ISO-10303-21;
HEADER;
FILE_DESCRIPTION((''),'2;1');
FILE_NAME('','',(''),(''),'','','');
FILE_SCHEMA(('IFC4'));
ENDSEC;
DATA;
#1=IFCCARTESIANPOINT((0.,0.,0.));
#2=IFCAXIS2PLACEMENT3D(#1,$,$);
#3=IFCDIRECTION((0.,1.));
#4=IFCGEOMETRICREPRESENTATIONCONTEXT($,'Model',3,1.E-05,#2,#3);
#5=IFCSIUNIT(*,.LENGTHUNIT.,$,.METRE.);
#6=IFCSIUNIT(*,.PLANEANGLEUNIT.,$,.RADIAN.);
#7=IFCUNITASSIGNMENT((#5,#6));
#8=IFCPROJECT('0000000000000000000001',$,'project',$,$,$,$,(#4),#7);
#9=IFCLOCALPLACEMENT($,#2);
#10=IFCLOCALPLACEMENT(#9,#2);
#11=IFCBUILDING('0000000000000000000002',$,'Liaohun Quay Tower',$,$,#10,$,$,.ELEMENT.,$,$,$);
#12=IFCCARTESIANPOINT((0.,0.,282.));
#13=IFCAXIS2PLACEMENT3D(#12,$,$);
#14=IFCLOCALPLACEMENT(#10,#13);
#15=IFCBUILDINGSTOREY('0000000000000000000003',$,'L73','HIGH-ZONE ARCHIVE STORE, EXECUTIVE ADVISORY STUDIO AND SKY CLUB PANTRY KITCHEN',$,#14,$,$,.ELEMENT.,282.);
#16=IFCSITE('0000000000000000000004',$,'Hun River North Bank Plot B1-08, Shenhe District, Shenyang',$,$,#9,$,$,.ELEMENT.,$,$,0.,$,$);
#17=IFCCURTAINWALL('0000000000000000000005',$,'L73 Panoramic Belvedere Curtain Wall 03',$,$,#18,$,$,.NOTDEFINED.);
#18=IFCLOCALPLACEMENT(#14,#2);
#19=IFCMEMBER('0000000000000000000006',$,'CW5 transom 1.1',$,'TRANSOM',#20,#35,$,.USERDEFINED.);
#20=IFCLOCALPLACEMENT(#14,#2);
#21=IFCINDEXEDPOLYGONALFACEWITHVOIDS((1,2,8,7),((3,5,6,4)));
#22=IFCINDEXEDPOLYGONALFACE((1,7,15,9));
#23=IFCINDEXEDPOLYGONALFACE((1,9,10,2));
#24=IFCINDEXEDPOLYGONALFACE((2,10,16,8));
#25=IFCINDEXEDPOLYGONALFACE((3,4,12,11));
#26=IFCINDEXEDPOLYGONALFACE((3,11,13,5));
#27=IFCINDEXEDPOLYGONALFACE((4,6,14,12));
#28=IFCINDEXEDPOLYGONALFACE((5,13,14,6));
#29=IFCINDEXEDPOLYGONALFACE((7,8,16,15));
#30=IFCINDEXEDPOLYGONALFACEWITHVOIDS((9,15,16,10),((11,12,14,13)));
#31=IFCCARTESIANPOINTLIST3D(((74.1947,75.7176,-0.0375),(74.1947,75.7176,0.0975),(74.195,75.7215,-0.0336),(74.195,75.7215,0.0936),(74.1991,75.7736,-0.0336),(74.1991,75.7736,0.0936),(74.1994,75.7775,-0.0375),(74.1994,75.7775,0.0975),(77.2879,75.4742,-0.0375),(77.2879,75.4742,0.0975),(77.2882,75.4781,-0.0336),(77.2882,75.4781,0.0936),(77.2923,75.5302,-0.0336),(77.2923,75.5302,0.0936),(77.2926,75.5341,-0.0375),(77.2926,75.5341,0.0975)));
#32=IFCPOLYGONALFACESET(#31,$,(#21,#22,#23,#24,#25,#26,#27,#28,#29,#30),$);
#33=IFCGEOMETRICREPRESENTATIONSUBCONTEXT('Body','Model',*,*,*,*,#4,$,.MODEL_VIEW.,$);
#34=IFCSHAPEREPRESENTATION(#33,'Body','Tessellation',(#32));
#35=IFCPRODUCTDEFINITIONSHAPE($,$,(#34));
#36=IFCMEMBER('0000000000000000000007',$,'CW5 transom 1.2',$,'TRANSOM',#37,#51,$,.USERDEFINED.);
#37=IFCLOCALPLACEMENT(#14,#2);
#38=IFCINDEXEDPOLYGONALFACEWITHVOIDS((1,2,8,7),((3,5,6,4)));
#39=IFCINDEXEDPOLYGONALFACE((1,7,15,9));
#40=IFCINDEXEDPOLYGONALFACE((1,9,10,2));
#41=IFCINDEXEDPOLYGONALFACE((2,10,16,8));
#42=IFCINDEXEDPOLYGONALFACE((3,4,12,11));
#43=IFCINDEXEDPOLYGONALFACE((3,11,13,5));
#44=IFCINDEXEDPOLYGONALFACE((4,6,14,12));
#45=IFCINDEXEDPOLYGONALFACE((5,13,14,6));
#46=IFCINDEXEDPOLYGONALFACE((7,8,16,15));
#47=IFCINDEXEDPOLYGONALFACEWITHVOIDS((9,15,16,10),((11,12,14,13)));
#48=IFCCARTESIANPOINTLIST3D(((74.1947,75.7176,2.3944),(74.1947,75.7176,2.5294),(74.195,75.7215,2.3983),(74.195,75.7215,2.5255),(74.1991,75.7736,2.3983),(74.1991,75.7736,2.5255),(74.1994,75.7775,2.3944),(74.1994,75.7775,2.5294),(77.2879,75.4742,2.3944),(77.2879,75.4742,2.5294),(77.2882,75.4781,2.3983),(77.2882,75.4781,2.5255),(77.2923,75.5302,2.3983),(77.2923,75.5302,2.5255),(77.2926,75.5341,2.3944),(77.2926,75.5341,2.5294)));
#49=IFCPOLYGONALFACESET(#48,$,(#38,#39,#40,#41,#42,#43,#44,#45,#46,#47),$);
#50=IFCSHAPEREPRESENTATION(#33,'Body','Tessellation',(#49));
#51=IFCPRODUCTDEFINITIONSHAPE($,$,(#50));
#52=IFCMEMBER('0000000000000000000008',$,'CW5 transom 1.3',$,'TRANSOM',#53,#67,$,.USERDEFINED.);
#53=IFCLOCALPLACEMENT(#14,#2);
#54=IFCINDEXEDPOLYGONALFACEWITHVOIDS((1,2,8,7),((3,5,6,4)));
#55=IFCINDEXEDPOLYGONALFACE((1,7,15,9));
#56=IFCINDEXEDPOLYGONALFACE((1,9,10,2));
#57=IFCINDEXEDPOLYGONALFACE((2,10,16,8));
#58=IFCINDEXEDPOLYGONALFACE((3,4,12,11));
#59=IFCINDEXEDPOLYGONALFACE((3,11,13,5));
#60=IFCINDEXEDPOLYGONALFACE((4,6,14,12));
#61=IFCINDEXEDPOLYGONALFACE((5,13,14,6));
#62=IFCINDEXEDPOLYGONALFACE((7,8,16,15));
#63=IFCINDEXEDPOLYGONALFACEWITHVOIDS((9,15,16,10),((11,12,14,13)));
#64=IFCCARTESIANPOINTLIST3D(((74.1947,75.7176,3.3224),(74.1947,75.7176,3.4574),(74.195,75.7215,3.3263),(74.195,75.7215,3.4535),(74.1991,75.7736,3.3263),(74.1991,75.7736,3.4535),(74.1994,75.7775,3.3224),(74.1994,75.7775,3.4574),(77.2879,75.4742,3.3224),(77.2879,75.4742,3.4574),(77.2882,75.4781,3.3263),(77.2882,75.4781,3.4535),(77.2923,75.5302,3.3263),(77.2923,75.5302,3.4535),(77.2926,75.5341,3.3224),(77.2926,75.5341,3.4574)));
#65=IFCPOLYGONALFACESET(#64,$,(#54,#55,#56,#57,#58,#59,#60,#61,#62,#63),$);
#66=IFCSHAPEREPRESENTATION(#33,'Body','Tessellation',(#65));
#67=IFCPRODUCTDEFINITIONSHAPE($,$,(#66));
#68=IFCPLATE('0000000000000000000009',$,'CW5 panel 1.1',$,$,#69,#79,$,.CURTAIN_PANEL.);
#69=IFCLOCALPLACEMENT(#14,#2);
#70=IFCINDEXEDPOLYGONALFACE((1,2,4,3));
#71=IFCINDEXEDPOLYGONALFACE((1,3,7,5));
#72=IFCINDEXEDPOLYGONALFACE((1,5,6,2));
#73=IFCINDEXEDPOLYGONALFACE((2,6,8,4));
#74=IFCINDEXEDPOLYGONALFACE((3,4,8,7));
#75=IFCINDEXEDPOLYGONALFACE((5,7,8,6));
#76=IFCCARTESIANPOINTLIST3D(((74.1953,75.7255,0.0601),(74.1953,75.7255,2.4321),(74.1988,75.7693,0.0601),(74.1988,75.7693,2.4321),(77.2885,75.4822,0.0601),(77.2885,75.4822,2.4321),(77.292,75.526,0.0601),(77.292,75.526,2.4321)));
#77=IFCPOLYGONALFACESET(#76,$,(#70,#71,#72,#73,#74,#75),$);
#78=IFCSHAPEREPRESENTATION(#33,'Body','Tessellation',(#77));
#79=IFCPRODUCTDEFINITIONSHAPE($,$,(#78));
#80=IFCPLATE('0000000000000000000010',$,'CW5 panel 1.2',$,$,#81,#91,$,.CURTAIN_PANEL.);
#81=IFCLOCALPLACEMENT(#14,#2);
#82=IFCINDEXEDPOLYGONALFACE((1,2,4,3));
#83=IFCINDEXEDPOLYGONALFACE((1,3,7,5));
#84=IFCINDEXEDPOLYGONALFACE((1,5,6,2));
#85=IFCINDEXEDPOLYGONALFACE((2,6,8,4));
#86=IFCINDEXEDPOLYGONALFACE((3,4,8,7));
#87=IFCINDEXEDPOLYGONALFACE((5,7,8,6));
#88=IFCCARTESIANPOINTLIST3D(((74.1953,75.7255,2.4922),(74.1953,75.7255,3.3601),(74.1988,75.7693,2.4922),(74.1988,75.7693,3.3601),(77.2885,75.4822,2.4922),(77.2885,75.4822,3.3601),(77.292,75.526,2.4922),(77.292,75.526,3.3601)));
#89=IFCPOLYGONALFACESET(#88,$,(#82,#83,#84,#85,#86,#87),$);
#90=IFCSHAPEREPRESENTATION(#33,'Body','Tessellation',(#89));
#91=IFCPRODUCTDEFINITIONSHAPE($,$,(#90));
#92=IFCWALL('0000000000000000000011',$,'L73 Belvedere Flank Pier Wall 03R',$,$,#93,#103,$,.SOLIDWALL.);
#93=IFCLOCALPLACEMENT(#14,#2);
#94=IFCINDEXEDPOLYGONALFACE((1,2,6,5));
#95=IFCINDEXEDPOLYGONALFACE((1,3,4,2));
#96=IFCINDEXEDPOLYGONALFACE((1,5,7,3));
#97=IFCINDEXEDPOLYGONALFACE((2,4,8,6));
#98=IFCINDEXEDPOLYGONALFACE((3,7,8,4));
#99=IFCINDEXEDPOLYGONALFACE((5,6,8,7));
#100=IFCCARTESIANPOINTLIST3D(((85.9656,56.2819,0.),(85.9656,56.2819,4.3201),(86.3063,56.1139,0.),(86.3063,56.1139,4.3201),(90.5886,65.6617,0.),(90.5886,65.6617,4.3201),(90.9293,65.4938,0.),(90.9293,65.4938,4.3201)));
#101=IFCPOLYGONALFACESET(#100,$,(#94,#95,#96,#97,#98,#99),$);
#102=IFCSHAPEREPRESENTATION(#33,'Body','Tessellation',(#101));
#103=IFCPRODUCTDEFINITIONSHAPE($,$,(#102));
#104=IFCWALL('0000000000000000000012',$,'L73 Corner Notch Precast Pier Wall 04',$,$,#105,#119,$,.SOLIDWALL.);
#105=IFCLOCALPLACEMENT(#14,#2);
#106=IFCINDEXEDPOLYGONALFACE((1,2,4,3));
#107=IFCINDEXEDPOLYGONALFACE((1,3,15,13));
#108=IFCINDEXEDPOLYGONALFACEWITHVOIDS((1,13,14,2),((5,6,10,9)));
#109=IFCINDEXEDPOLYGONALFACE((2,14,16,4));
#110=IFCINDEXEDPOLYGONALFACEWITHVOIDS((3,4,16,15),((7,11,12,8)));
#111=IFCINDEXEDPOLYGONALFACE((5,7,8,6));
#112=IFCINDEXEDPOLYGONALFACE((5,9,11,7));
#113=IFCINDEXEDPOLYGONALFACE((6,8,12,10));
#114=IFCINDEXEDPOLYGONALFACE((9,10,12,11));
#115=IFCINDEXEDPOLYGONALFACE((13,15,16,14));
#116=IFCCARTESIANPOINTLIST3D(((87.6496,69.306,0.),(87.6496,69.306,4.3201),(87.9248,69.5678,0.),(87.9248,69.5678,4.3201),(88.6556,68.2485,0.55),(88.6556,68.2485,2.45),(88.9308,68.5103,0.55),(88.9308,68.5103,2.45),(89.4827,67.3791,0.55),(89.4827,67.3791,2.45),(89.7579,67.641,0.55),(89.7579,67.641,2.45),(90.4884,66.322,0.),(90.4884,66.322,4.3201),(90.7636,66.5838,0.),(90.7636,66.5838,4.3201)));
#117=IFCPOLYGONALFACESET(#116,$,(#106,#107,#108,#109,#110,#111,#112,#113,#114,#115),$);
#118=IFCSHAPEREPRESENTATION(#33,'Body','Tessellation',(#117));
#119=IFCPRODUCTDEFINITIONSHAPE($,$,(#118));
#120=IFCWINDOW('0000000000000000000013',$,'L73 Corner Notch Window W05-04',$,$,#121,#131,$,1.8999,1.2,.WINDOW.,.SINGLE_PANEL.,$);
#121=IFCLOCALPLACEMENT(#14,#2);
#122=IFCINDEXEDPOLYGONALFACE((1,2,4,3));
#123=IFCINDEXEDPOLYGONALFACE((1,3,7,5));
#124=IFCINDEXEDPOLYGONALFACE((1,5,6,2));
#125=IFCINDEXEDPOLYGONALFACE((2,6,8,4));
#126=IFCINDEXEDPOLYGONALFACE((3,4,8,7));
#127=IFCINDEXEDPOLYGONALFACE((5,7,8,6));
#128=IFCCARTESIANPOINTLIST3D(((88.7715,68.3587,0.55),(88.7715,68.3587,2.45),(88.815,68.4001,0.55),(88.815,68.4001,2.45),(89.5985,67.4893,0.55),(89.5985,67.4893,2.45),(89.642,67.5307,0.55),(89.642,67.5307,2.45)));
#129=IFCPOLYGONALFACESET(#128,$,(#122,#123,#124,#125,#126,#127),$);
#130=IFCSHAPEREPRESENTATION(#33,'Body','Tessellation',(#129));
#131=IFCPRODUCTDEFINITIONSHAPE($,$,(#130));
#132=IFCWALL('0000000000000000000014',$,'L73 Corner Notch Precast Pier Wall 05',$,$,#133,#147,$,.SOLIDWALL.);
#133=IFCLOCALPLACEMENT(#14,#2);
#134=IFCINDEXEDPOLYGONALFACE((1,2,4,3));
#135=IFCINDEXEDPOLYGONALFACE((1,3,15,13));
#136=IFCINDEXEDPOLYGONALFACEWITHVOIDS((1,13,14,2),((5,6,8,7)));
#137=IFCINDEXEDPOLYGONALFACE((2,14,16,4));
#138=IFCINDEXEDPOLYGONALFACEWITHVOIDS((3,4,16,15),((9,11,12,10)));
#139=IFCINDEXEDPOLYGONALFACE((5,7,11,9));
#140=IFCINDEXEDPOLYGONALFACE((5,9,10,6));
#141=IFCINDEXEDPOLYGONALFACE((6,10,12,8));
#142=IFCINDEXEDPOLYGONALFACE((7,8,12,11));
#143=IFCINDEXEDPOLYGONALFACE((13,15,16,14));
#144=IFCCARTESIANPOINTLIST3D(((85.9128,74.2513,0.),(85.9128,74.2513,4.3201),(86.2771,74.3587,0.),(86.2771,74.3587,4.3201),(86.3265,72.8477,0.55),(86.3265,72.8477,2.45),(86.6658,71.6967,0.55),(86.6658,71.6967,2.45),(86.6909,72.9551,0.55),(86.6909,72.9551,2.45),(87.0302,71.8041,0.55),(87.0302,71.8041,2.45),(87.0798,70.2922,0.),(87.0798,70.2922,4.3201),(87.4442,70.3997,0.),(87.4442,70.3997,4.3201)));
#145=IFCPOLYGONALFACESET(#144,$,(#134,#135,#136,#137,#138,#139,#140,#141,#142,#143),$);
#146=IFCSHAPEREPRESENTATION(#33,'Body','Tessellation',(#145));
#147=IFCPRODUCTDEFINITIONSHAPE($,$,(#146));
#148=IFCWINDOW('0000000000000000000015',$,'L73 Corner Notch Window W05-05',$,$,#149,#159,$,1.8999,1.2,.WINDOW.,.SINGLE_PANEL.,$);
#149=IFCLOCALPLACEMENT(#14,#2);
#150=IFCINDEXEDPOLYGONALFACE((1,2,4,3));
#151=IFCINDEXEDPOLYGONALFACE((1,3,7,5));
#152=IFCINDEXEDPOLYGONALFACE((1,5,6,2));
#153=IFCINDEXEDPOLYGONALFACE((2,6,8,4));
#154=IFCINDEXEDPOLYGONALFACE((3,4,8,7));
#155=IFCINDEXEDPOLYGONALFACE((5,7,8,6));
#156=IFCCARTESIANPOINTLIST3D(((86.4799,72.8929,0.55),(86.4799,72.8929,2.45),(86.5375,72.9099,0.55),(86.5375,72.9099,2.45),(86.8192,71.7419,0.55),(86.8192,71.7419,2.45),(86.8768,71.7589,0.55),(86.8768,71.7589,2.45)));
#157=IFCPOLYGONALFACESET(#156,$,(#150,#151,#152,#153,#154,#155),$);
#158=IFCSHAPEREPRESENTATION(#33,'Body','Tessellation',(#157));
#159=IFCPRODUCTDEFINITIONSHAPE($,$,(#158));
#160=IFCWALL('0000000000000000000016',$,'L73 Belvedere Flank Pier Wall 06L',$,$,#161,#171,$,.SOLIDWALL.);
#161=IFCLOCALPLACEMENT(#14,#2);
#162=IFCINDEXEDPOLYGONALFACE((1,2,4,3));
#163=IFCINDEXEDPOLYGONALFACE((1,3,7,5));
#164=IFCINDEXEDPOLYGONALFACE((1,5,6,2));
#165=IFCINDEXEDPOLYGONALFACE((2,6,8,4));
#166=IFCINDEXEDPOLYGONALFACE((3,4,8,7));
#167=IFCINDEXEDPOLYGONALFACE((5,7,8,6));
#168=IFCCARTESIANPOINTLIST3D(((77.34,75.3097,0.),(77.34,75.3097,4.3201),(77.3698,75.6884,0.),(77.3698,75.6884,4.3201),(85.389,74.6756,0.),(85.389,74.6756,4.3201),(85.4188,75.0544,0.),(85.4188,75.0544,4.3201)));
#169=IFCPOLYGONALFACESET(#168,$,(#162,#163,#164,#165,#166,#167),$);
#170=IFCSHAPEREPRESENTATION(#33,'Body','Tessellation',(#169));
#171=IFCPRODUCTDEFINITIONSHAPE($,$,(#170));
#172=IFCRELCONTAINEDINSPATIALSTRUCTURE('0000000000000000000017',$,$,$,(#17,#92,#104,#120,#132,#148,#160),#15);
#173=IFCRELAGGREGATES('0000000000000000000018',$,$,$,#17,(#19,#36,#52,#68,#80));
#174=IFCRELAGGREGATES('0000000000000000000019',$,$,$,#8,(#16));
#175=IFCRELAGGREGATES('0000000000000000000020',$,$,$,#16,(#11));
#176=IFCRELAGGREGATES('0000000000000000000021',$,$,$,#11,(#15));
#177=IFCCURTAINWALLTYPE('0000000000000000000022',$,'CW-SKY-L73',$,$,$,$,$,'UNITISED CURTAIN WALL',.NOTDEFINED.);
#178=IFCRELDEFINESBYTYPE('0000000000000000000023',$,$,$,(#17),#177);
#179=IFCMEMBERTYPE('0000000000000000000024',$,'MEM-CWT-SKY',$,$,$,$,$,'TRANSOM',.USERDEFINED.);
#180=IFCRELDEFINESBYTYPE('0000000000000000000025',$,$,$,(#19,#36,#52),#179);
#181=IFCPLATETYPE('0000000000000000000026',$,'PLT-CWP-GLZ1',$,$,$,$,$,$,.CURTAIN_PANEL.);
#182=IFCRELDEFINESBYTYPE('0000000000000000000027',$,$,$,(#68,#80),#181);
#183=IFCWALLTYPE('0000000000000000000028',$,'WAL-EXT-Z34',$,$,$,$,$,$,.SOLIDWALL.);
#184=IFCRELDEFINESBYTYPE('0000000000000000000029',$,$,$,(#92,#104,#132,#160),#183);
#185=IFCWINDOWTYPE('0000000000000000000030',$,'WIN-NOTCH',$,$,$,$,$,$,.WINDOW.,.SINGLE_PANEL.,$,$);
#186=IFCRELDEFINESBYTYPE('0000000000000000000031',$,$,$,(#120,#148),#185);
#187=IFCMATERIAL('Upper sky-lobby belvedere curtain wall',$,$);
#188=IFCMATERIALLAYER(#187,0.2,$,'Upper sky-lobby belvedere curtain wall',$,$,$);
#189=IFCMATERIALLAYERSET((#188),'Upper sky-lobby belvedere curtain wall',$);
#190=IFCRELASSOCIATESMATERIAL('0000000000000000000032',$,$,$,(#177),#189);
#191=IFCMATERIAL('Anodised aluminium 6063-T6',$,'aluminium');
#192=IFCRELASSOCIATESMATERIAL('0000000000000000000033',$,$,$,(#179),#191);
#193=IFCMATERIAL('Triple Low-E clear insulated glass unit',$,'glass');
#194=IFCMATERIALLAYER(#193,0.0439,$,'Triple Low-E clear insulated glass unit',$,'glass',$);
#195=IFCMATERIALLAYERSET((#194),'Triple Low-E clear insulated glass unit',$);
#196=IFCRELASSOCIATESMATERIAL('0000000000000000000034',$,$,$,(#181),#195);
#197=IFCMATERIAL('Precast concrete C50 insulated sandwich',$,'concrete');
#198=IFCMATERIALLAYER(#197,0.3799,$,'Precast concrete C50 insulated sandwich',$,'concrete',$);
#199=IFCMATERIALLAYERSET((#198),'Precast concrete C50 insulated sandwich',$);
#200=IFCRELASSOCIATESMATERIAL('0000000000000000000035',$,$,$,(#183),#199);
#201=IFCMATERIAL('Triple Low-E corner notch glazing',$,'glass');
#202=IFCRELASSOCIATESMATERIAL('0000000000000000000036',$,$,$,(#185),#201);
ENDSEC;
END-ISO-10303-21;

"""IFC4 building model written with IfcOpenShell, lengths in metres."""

from ifc_helpers import new_model, si_unit, direction, frame, frame_2d, origin, origin_2d, place, context, subcontext, project, spatial, rectangle, hollow_rectangle, extrude, source, transform, mapped, material, layer, layer_set, material_profile, profile_set, type_object, element, fill, aggregate, save


model = new_model("IFC4")

# Units and contexts
model_context = context("Model", 3, precision=1e-05, world=origin(), true_north=direction((0.0, 1.0)))
body_context = subcontext(model_context, "Body", "Model", "MODEL_VIEW")
ifc_project = project(units=[si_unit("LENGTHUNIT", "METRE"), si_unit("PLANEANGLEUNIT", "RADIAN")], contexts=[model_context])

# Site, building, storey
site_placement = place(None, origin())
site = spatial("IfcSite", under=ifc_project, at=site_placement, Name="Hun River North Bank Plot B1-08, Shenhe District, Shenyang", CompositionType="ELEMENT", RefElevation=0.0)
building_placement = place(site_placement, origin())
building = spatial("IfcBuilding", under=site, at=building_placement, Name="Liaohun Quay Tower", CompositionType="ELEMENT")
storey_placement = place(building_placement, frame((0.0, 0.0, 282.0)))
storey = spatial("IfcBuildingStorey", under=building, at=storey_placement, Name="L73", Description="HIGH-ZONE ARCHIVE STORE, EXECUTIVE ADVISORY STUDIO AND SKY CLUB PANTRY KITCHEN", CompositionType="ELEMENT", Elevation=282.0)

# Shared definitions
ifc_material_1 = material(Name="Upper sky-lobby belvedere curtain wall")
ifc_layer_1 = layer(ifc_material_1, 0.2, Name="Upper sky-lobby belvedere curtain wall")
ifc_layer_set_1 = layer_set([ifc_layer_1], Name="Upper sky-lobby belvedere curtain wall")
curtain_wall_type = type_object("IfcCurtainWallType", Name="CW-SKY-L73", ElementType="UNITISED CURTAIN WALL", PredefinedType="NOTDEFINED", material=ifc_layer_set_1)
ifc_material_2 = material(Name="Anodised aluminium 6063-T6", Category="aluminium")

# Curtain wall, members, plates
curtain_wall_1_placement = place(storey_placement, origin())
curtain_wall_1 = element("IfcCurtainWall", 1, at=curtain_wall_1_placement, inside=storey, type_object=curtain_wall_type, Name="L73 Panoramic Belvedere Curtain Wall 03", PredefinedType="NOTDEFINED")
ifc_material_profile_1 = material_profile(ifc_material_2, hollow_rectangle(XDim=0.0601, YDim=0.135, WallThickness=0.0039, at=origin_2d()), Name="RHS135x60x4")
ifc_profile_set_1 = profile_set([ifc_material_profile_1], Name="Anodised aluminium 6063-T6")
member_type_1 = type_object("IfcMemberType", Name="MEM-CWT-SKY", ElementType="TRANSOM", PredefinedType="USERDEFINED", material=ifc_profile_set_1)
shared_shape_1 = source(origin(), body_context, "Body", "SweptSolid", [
    extrude(hollow_rectangle(XDim=0.0601, YDim=0.135, WallThickness=0.0039, at=origin_2d()), origin(), (0.0, 0.0, 1.0), 3.1028),
])
member_1_placement = place(storey_placement, frame((77.2903, 75.5042, 0.03), z_axis=(-0.996918, 0.078447, 0.0), x_axis=(-0.078447, -0.996918, 0.0)))
member_1 = element("IfcMember", 2, at=member_1_placement, type_object=member_type_1, Name="CW5 transom 1.1", ObjectType="TRANSOM", PredefinedType="USERDEFINED", context=body_context, shape_type="MappedRepresentation", body=[
    mapped(shared_shape_1, transform((0.0, 0.0, 0.0), x_axis=(1.0, 0.0, 0.0), y_axis=(0.0, 1.0, 0.0), z_axis=(0.0, 0.0, 1.0), scale=1.0)),
])
member_2_placement = place(storey_placement, frame((77.2903, 75.5042, 2.4619), z_axis=(-0.996918, 0.078447, 0.0), x_axis=(-0.078447, -0.996918, 0.0)))
member_2 = element("IfcMember", 3, at=member_2_placement, type_object=member_type_1, Name="CW5 transom 1.2", ObjectType="TRANSOM", PredefinedType="USERDEFINED", context=body_context, shape_type="MappedRepresentation", body=[
    mapped(shared_shape_1, transform((0.0, 0.0, 0.0), x_axis=(1.0, 0.0, 0.0), y_axis=(0.0, 1.0, 0.0), z_axis=(0.0, 0.0, 1.0), scale=1.0)),
])
member_3_placement = place(storey_placement, frame((77.2903, 75.5042, 3.3899), z_axis=(-0.996918, 0.078447, 0.0), x_axis=(-0.078447, -0.996918, 0.0)))
member_3 = element("IfcMember", 4, at=member_3_placement, type_object=member_type_1, Name="CW5 transom 1.3", ObjectType="TRANSOM", PredefinedType="USERDEFINED", context=body_context, shape_type="MappedRepresentation", body=[
    mapped(shared_shape_1, transform((0.0, 0.0, 0.0), x_axis=(1.0, 0.0, 0.0), y_axis=(0.0, 1.0, 0.0), z_axis=(0.0, 0.0, 1.0), scale=1.0)),
])
ifc_material_3 = material(Name="Triple Low-E clear insulated glass unit", Category="glass")
ifc_layer_2 = layer(ifc_material_3, 0.0439, Name="Triple Low-E clear insulated glass unit", Category="glass")
ifc_layer_set_2 = layer_set([ifc_layer_2], Name="Triple Low-E clear insulated glass unit")
plate_type = type_object("IfcPlateType", Name="PLT-CWP-GLZ1", PredefinedType="CURTAIN_PANEL", material=ifc_layer_set_2)
shared_shape_2 = source(origin(), body_context, "Body", "SweptSolid", [
    extrude(rectangle(XDim=3.1028, YDim=0.0439, at=origin_2d()), origin(), (0.0, 0.0, 1.0), 2.3721),
])
plate_1_placement = place(storey_placement, frame((75.7437, 75.6257, 0.0601), z_axis=(0.0, 0.0, 1.0), x_axis=(-0.99692, 0.078429, 0.0)))
plate_1 = element("IfcPlate", 5, at=plate_1_placement, type_object=plate_type, Name="CW5 panel 1.1", PredefinedType="CURTAIN_PANEL", context=body_context, shape_type="MappedRepresentation", body=[
    mapped(shared_shape_2, transform((0.0, 0.0, 0.0), x_axis=(1.0, 0.0, 0.0), y_axis=(0.0, 1.0, 0.0), z_axis=(0.0, 0.0, 1.0), scale=1.0)),
])
shared_shape_3 = source(origin(), body_context, "Body", "SweptSolid", [
    extrude(rectangle(XDim=3.1028, YDim=0.0439, at=origin_2d()), origin(), (0.0, 0.0, 1.0), 0.8679),
])
plate_2_placement = place(storey_placement, frame((75.7437, 75.6257, 2.4922), z_axis=(0.0, 0.0, 1.0), x_axis=(-0.99692, 0.078429, 0.0)))
plate_2 = element("IfcPlate", 6, at=plate_2_placement, type_object=plate_type, Name="CW5 panel 1.2", PredefinedType="CURTAIN_PANEL", context=body_context, shape_type="MappedRepresentation", body=[
    mapped(shared_shape_3, transform((0.0, 0.0, 0.0), x_axis=(1.0, 0.0, 0.0), y_axis=(0.0, 1.0, 0.0), z_axis=(0.0, 0.0, 1.0), scale=1.0)),
])
aggregate(curtain_wall_1, [member_1, member_2, member_3, plate_1, plate_2])

# Wall
ifc_material_4 = material(Name="Precast concrete C50 insulated sandwich", Category="concrete")
ifc_layer_3 = layer(ifc_material_4, 0.3799, Name="Precast concrete C50 insulated sandwich", Category="concrete")
ifc_layer_set_3 = layer_set([ifc_layer_3], Name="Precast concrete C50 insulated sandwich")
wall_type = type_object("IfcWallType", Name="WAL-EXT-Z34", PredefinedType="SOLIDWALL", material=ifc_layer_set_3)
wall_1_placement = place(storey_placement, frame((86.136, 56.198, 0.0), z_axis=(0.0, 0.0, 1.0), x_axis=(0.442089, 0.896971, 0.0)))
element("IfcWall", 7, at=wall_1_placement, inside=storey, type_object=wall_type, Name="L73 Belvedere Flank Pier Wall 03R", PredefinedType="SOLIDWALL", context=body_context, shape_type="SweptSolid", body=[
    extrude(rectangle(XDim=10.4573, YDim=0.3799, at=frame_2d((5.2285, 0.0))), origin(), (0.0, 0.0, 1.0), 4.3201),
])

# Walls, openings, windows
wall_2_placement = place(storey_placement, frame((90.626, 66.4529, 0.0), z_axis=(0.0, 0.0, 1.0), x_axis=(-0.689252, 0.724521, 0.0)))
wall_2 = element("IfcWall", 8, at=wall_2_placement, inside=storey, type_object=wall_type, Name="L73 Corner Notch Precast Pier Wall 04", PredefinedType="SOLIDWALL", context=body_context, shape_type="SweptSolid", body=[
    extrude(rectangle(XDim=4.1187, YDim=0.3799, at=frame_2d((2.0593, 0.0))), origin(), (0.0, 0.0, 1.0), 4.3201),
])
shared_shape_4 = source(origin(), body_context, "Body", "SweptSolid", [
    extrude(rectangle(XDim=1.2, YDim=1.8999, at=frame_2d((0.6001, 0.95))), frame((0.0, 0.2, 0.0), z_axis=(0.0, -1.0, 0.0), x_axis=(1.0, 0.0, 0.0)), (0.0, 0.0, 1.0), 0.3999),
])
opening_1_placement = place(wall_2_placement, frame((1.459, 0.0, 0.55)))
opening_1 = element("IfcOpeningElement", 9, at=opening_1_placement, cuts=wall_2, PredefinedType="OPENING", context=body_context, shape_type="MappedRepresentation", body=[
    mapped(shared_shape_4, transform((0.0, 0.0, 0.0), x_axis=(1.0, 0.0, 0.0), y_axis=(0.0, 1.0, 0.0), z_axis=(0.0, 0.0, 1.0), scale=1.0)),
])
ifc_material_5 = material(Name="Triple Low-E corner notch glazing", Category="glass")
window_type = type_object("IfcWindowType", Name="WIN-NOTCH", PartitioningType="SINGLE_PANEL", PredefinedType="WINDOW", material=ifc_material_5)
shared_shape_5 = source(origin(), body_context, "Body", "SweptSolid", [
    extrude(rectangle(XDim=1.2, YDim=1.8999, at=frame_2d((0.6001, 0.95))), frame((0.0, 0.03, 0.0), z_axis=(0.0, -1.0, 0.0), x_axis=(1.0, 0.0, 0.0)), (0.0, 0.0, 1.0), 0.0601),
])
window_1_placement = place(opening_1_placement, origin())
window_1 = element("IfcWindow", 10, at=window_1_placement, inside=storey, type_object=window_type, Name="L73 Corner Notch Window W05-04", OverallHeight=1.8999, OverallWidth=1.2, PartitioningType="SINGLE_PANEL", PredefinedType="WINDOW", context=body_context, shape_type="MappedRepresentation", body=[
    mapped(shared_shape_5, transform((0.0, 0.0, 0.0), x_axis=(1.0, 0.0, 0.0), y_axis=(0.0, 1.0, 0.0), z_axis=(0.0, 0.0, 1.0), scale=1.0)),
])
fill(opening_1, window_1)
wall_3_placement = place(storey_placement, frame((87.262, 70.3459, 0.0), z_axis=(0.0, 0.0, 1.0), x_axis=(-0.282743, 0.959196, 0.0)))
wall_3 = element("IfcWall", 11, at=wall_3_placement, inside=storey, type_object=wall_type, Name="L73 Corner Notch Precast Pier Wall 05", PredefinedType="SOLIDWALL", context=body_context, shape_type="SweptSolid", body=[
    extrude(rectangle(XDim=4.1274, YDim=0.3799, at=frame_2d((2.0637, 0.0))), origin(), (0.0, 0.0, 1.0), 4.3201),
])
opening_2_placement = place(wall_3_placement, frame((1.4641, 0.0, 0.55)))
opening_2 = element("IfcOpeningElement", 12, at=opening_2_placement, cuts=wall_3, PredefinedType="OPENING", context=body_context, shape_type="MappedRepresentation", body=[
    mapped(shared_shape_4, transform((0.0, 0.0, 0.0), x_axis=(1.0, 0.0, 0.0), y_axis=(0.0, 1.0, 0.0), z_axis=(0.0, 0.0, 1.0), scale=1.0)),
])
window_2_placement = place(opening_2_placement, origin())
window_2 = element("IfcWindow", 13, at=window_2_placement, inside=storey, type_object=window_type, Name="L73 Corner Notch Window W05-05", OverallHeight=1.8999, OverallWidth=1.2, PartitioningType="SINGLE_PANEL", PredefinedType="WINDOW", context=body_context, shape_type="MappedRepresentation", body=[
    mapped(shared_shape_5, transform((0.0, 0.0, 0.0), x_axis=(1.0, 0.0, 0.0), y_axis=(0.0, 1.0, 0.0), z_axis=(0.0, 0.0, 1.0), scale=1.0)),
])
fill(opening_2, window_2)

# Wall
wall_4_placement = place(storey_placement, frame((85.4041, 74.865, 0.0), z_axis=(0.0, 0.0, 1.0), x_axis=(-0.996912, 0.078528, 0.0)))
element("IfcWall", 14, at=wall_4_placement, inside=storey, type_object=wall_type, Name="L73 Belvedere Flank Pier Wall 06L", PredefinedType="SOLIDWALL", context=body_context, shape_type="SweptSolid", body=[
    extrude(rectangle(XDim=8.074, YDim=0.3799, at=frame_2d((4.0371, 0.0))), origin(), (0.0, 0.0, 1.0), 4.3201),
])

save(model, "model.ifc")
